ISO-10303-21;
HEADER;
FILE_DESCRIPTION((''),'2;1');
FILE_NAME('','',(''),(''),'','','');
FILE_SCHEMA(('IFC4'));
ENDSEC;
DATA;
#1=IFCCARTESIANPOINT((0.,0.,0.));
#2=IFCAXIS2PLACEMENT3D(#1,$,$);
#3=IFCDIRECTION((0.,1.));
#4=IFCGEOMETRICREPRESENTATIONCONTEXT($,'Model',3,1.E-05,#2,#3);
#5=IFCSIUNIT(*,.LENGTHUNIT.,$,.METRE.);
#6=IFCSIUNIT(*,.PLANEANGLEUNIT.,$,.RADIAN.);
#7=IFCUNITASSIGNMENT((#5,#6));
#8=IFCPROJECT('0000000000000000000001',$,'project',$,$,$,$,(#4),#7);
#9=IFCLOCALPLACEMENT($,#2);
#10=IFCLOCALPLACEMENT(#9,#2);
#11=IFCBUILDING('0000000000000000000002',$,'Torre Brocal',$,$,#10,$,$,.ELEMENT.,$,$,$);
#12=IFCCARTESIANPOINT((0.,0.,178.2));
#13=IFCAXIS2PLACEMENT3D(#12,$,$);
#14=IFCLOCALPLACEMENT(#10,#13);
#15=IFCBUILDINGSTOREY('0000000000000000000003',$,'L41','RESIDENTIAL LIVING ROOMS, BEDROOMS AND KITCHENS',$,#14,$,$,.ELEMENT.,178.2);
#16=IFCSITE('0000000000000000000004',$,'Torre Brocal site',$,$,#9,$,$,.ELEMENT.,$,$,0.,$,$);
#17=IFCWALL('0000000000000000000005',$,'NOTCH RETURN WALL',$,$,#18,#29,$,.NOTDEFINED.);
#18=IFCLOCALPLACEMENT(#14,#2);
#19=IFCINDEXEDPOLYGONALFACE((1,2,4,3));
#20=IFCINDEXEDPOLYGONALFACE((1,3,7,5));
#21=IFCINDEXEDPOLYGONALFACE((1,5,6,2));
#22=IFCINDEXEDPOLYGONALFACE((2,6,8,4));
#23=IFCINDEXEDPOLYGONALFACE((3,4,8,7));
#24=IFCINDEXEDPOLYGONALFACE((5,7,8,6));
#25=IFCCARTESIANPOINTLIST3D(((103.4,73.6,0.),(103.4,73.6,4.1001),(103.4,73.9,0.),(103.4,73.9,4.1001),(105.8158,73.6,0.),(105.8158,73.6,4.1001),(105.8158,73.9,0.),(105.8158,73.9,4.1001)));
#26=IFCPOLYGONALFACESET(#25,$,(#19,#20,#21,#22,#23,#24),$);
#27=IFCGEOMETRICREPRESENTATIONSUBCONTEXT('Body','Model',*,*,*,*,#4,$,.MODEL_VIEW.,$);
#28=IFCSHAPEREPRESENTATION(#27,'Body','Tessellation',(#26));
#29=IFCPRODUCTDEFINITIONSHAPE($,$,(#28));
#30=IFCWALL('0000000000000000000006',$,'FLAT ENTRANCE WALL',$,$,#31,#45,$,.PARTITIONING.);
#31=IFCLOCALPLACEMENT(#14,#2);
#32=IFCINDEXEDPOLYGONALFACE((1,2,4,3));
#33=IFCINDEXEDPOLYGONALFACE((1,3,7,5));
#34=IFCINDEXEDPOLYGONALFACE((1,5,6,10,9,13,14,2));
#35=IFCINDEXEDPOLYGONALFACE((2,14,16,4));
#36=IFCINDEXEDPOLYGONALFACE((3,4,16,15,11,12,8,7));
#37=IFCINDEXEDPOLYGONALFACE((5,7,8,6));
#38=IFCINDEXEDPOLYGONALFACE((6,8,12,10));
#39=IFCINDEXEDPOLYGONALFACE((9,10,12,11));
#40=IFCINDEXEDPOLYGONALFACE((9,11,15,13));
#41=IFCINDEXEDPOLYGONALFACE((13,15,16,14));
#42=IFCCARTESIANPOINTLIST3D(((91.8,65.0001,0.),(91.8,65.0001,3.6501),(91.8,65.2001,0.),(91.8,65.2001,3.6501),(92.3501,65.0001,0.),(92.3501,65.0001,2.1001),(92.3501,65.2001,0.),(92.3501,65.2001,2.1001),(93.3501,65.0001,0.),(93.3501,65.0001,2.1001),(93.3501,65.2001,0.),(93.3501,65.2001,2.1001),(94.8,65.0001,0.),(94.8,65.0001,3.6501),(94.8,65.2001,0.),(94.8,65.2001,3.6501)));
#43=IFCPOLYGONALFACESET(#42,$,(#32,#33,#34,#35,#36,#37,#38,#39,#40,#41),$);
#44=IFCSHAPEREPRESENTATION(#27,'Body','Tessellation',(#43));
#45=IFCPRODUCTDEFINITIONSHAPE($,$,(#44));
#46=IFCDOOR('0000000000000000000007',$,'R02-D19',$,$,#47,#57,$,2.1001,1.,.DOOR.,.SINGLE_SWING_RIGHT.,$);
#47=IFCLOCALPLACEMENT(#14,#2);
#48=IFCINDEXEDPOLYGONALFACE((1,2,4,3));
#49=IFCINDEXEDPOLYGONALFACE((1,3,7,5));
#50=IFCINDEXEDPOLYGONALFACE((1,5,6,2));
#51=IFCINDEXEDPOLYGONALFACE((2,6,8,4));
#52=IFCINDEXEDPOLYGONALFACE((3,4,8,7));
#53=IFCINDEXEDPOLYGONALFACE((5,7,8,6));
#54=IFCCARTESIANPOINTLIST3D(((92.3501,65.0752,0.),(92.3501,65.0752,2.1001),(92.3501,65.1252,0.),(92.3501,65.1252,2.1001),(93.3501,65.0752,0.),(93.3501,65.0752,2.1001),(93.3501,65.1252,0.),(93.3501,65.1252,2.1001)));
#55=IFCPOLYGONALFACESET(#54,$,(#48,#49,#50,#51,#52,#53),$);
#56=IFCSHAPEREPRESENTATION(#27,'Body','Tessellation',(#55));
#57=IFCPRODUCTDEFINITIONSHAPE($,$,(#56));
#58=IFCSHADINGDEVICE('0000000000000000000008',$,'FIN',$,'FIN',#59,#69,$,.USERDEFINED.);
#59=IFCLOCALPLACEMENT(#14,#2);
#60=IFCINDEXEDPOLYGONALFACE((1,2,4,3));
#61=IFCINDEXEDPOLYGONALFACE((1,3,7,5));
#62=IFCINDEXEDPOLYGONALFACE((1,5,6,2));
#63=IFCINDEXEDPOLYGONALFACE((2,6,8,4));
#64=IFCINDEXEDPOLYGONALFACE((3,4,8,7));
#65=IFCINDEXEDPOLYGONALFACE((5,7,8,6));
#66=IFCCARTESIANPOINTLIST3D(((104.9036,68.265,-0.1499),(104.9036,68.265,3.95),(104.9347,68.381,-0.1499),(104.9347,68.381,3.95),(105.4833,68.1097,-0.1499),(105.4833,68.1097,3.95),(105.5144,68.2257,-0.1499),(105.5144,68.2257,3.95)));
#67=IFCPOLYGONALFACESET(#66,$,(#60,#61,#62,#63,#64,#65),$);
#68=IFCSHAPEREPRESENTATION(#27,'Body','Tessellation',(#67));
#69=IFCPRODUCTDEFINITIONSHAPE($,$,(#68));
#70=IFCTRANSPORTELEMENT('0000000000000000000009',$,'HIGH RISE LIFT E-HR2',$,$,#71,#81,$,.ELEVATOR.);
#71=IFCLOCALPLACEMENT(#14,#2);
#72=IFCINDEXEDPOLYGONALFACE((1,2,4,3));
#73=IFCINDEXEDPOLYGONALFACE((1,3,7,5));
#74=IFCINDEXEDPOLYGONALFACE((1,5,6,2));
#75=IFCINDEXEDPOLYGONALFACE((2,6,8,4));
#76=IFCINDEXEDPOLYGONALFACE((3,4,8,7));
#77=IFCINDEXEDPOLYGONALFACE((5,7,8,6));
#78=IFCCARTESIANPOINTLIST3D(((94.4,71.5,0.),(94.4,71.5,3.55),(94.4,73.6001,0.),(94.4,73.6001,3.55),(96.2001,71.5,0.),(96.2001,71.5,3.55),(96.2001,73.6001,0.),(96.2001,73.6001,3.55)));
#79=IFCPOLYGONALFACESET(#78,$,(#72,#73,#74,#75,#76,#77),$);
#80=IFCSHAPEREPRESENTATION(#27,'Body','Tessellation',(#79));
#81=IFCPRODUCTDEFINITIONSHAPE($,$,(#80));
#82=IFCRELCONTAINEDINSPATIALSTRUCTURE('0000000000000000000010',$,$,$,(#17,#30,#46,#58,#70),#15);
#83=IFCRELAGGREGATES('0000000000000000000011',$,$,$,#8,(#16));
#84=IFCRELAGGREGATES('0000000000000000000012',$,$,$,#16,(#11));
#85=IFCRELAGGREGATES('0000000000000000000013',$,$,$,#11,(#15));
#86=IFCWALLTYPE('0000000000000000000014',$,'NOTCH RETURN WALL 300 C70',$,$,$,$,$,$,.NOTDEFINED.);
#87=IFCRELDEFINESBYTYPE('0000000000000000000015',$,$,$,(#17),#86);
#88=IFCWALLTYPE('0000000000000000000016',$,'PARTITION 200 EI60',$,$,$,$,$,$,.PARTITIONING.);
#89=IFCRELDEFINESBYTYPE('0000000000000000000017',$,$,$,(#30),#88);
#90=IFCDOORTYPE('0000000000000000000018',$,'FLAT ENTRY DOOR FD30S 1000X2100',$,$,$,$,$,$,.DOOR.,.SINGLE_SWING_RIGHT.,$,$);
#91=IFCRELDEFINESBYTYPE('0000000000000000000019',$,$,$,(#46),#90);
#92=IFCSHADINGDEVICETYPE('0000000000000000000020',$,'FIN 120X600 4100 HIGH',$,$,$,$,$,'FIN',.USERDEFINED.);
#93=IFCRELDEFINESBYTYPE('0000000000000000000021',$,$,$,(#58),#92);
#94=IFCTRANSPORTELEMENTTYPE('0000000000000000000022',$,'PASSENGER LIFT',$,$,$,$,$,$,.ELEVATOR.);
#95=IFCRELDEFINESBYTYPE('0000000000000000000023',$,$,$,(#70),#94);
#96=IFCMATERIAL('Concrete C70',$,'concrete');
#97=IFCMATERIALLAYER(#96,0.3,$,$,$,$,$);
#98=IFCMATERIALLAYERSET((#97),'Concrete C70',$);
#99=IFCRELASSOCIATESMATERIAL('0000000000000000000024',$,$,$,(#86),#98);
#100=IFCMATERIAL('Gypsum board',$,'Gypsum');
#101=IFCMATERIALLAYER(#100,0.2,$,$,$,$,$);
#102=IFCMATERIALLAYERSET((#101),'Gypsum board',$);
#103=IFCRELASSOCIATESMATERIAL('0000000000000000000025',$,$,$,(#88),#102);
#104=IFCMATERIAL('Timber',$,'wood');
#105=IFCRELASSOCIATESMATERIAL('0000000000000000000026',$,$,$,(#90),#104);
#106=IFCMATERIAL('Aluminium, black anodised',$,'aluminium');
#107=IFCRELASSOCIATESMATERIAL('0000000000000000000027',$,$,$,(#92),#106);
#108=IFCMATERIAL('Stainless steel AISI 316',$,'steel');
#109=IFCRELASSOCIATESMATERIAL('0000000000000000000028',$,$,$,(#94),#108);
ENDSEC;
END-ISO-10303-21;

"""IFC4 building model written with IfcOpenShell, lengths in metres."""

from ifc_helpers import new_model, si_unit, direction, frame, frame_2d, origin, origin_2d, place, context, subcontext, project, spatial, rectangle, extrude, material, layer, layer_set, material_profile, profile_set, type_object, element, fill, save


model = new_model("IFC4")

# Units and contexts
model_context = context("Model", 3, precision=1e-05, world=origin(), true_north=direction((0.0, 1.0)))
body_context = subcontext(model_context, "Body", "Model", "MODEL_VIEW")
ifc_project = project(units=[si_unit("LENGTHUNIT", "METRE"), si_unit("PLANEANGLEUNIT", "RADIAN")], contexts=[model_context])

# Site, building, storey
site_placement = place(None, origin())
site = spatial("IfcSite", under=ifc_project, at=site_placement, Name="Torre Brocal site", CompositionType="ELEMENT", RefElevation=0.0)
building_placement = place(site_placement, origin())
building = spatial("IfcBuilding", under=site, at=building_placement, Name="Torre Brocal", CompositionType="ELEMENT")
storey_placement = place(building_placement, frame((0.0, 0.0, 178.2)))
storey = spatial("IfcBuildingStorey", under=building, at=storey_placement, Name="L41", Description="RESIDENTIAL LIVING ROOMS, BEDROOMS AND KITCHENS", CompositionType="ELEMENT", Elevation=178.2)

# Wall
ifc_material_1 = material(Name="Concrete C70", Category="concrete")
ifc_layer_1 = layer(ifc_material_1, 0.3)
ifc_layer_set_1 = layer_set([ifc_layer_1], Name="Concrete C70")
wall_type_1 = type_object("IfcWallType", Name="NOTCH RETURN WALL 300 C70", PredefinedType="NOTDEFINED", material=ifc_layer_set_1)
wall_1_placement = place(storey_placement, frame((103.3999, 73.75, 0.0), z_axis=(0.0, 0.0, 1.0), x_axis=(1.0, 0.0, 0.0)))
element("IfcWall", 1, at=wall_1_placement, inside=storey, type_object=wall_type_1, Name="NOTCH RETURN WALL", PredefinedType="NOTDEFINED", context=body_context, shape_type="SweptSolid", body=[
    extrude(rectangle(XDim=2.4158, YDim=0.3, at=frame_2d((1.208, 0.0))), origin(), (0.0, 0.0, 1.0), 4.1001),
])

# Wall, opening, door
ifc_material_2 = material(Name="Gypsum board", Category="Gypsum")
ifc_layer_2 = layer(ifc_material_2, 0.2)
ifc_layer_set_2 = layer_set([ifc_layer_2], Name="Gypsum board")
wall_type_2 = type_object("IfcWallType", Name="PARTITION 200 EI60", PredefinedType="PARTITIONING", material=ifc_layer_set_2)
wall_2_placement = place(storey_placement, frame((91.8, 65.1001, 0.0), z_axis=(0.0, 0.0, 1.0), x_axis=(1.0, 0.0, 0.0)))
wall_2 = element("IfcWall", 2, at=wall_2_placement, inside=storey, type_object=wall_type_2, Name="FLAT ENTRANCE WALL", PredefinedType="PARTITIONING", context=body_context, shape_type="SweptSolid", body=[
    extrude(rectangle(XDim=3.0, YDim=0.2, at=frame_2d((1.5, 0.0))), origin(), (0.0, 0.0, 1.0), 3.6501),
])
opening_1_placement = place(wall_2_placement, frame((0.55, 0.0, 0.0)))
opening_1 = element("IfcOpeningElement", 3, at=opening_1_placement, cuts=wall_2, PredefinedType="OPENING", context=body_context, shape_type="SweptSolid", body=[
    extrude(rectangle(XDim=1.0, YDim=2.1001, at=frame_2d((0.5, 1.05))), frame((0.0, 0.1099, 0.0), z_axis=(0.0, -1.0, 0.0), x_axis=(1.0, 0.0, 0.0)), (0.0, 0.0, 1.0), 0.22),
])
ifc_material_3 = material(Name="Timber", Category="wood")
door_type_1 = type_object("IfcDoorType", Name="FLAT ENTRY DOOR FD30S 1000X2100", OperationType="SINGLE_SWING_RIGHT", PredefinedType="DOOR", material=ifc_material_3)
door_1_placement = place(opening_1_placement, frame((1.0, 0.0, 0.0), z_axis=(0.0, 0.0, 1.0), x_axis=(-1.0, 0.0, 0.0)))
door_1 = element("IfcDoor", 4, at=door_1_placement, inside=storey, type_object=door_type_1, Name="R02-D19", OperationType="SINGLE_SWING_RIGHT", OverallHeight=2.1001, OverallWidth=1.0, PredefinedType="DOOR", context=body_context, shape_type="SweptSolid", body=[
    extrude(rectangle(XDim=1.0, YDim=2.1001, at=frame_2d((0.5, 1.05))), frame((0.0, 0.0249, 0.0), z_axis=(0.0, -1.0, 0.0), x_axis=(1.0, 0.0, 0.0)), (0.0, 0.0, 1.0), 0.05),
])
fill(opening_1, door_1)

# Shading device
ifc_material_4 = material(Name="Aluminium, black anodised", Category="aluminium")
ifc_material_profile_1 = material_profile(ifc_material_4, rectangle(XDim=0.1201, YDim=0.6001, at=origin_2d()), Name="FIN 120X600 4100 HIGH")
ifc_profile_set_1 = profile_set([ifc_material_profile_1], Name="Aluminium, black anodised")
shading_device_type = type_object("IfcShadingDeviceType", Name="FIN 120X600 4100 HIGH", ElementType="FIN", PredefinedType="USERDEFINED", material=ifc_profile_set_1)
shading_device_placement = place(storey_placement, frame((105.209, 68.2454, -0.1499), z_axis=(0.0, 0.0, 1.0), x_axis=(0.258819, 0.965926, 0.0)))
element("IfcShadingDevice", 5, at=shading_device_placement, inside=storey, type_object=shading_device_type, Name="FIN", ObjectType="FIN", PredefinedType="USERDEFINED", context=body_context, shape_type="SweptSolid", body=[
    extrude(rectangle(XDim=0.1201, YDim=0.6001, at=origin_2d()), origin(), (0.0, 0.0, 1.0), 4.0999),
])

# Transport element
ifc_material_5 = material(Name="Stainless steel AISI 316", Category="steel")
transport_element_type = type_object("IfcTransportElementType", Name="PASSENGER LIFT", PredefinedType="ELEVATOR", material=ifc_material_5)
transport_element_placement = place(storey_placement, frame((95.3, 72.55, 0.0), z_axis=(0.0, 0.0, 1.0), x_axis=(1.0, 0.0, 0.0)))
element("IfcTransportElement", 6, at=transport_element_placement, inside=storey, type_object=transport_element_type, Name="HIGH RISE LIFT E-HR2", PredefinedType="ELEVATOR", context=body_context, shape_type="SweptSolid", body=[
    extrude(rectangle(XDim=1.8, YDim=2.1001, at=origin_2d()), origin(), (0.0, 0.0, 1.0), 3.55),
])

save(model, "model.ifc")
